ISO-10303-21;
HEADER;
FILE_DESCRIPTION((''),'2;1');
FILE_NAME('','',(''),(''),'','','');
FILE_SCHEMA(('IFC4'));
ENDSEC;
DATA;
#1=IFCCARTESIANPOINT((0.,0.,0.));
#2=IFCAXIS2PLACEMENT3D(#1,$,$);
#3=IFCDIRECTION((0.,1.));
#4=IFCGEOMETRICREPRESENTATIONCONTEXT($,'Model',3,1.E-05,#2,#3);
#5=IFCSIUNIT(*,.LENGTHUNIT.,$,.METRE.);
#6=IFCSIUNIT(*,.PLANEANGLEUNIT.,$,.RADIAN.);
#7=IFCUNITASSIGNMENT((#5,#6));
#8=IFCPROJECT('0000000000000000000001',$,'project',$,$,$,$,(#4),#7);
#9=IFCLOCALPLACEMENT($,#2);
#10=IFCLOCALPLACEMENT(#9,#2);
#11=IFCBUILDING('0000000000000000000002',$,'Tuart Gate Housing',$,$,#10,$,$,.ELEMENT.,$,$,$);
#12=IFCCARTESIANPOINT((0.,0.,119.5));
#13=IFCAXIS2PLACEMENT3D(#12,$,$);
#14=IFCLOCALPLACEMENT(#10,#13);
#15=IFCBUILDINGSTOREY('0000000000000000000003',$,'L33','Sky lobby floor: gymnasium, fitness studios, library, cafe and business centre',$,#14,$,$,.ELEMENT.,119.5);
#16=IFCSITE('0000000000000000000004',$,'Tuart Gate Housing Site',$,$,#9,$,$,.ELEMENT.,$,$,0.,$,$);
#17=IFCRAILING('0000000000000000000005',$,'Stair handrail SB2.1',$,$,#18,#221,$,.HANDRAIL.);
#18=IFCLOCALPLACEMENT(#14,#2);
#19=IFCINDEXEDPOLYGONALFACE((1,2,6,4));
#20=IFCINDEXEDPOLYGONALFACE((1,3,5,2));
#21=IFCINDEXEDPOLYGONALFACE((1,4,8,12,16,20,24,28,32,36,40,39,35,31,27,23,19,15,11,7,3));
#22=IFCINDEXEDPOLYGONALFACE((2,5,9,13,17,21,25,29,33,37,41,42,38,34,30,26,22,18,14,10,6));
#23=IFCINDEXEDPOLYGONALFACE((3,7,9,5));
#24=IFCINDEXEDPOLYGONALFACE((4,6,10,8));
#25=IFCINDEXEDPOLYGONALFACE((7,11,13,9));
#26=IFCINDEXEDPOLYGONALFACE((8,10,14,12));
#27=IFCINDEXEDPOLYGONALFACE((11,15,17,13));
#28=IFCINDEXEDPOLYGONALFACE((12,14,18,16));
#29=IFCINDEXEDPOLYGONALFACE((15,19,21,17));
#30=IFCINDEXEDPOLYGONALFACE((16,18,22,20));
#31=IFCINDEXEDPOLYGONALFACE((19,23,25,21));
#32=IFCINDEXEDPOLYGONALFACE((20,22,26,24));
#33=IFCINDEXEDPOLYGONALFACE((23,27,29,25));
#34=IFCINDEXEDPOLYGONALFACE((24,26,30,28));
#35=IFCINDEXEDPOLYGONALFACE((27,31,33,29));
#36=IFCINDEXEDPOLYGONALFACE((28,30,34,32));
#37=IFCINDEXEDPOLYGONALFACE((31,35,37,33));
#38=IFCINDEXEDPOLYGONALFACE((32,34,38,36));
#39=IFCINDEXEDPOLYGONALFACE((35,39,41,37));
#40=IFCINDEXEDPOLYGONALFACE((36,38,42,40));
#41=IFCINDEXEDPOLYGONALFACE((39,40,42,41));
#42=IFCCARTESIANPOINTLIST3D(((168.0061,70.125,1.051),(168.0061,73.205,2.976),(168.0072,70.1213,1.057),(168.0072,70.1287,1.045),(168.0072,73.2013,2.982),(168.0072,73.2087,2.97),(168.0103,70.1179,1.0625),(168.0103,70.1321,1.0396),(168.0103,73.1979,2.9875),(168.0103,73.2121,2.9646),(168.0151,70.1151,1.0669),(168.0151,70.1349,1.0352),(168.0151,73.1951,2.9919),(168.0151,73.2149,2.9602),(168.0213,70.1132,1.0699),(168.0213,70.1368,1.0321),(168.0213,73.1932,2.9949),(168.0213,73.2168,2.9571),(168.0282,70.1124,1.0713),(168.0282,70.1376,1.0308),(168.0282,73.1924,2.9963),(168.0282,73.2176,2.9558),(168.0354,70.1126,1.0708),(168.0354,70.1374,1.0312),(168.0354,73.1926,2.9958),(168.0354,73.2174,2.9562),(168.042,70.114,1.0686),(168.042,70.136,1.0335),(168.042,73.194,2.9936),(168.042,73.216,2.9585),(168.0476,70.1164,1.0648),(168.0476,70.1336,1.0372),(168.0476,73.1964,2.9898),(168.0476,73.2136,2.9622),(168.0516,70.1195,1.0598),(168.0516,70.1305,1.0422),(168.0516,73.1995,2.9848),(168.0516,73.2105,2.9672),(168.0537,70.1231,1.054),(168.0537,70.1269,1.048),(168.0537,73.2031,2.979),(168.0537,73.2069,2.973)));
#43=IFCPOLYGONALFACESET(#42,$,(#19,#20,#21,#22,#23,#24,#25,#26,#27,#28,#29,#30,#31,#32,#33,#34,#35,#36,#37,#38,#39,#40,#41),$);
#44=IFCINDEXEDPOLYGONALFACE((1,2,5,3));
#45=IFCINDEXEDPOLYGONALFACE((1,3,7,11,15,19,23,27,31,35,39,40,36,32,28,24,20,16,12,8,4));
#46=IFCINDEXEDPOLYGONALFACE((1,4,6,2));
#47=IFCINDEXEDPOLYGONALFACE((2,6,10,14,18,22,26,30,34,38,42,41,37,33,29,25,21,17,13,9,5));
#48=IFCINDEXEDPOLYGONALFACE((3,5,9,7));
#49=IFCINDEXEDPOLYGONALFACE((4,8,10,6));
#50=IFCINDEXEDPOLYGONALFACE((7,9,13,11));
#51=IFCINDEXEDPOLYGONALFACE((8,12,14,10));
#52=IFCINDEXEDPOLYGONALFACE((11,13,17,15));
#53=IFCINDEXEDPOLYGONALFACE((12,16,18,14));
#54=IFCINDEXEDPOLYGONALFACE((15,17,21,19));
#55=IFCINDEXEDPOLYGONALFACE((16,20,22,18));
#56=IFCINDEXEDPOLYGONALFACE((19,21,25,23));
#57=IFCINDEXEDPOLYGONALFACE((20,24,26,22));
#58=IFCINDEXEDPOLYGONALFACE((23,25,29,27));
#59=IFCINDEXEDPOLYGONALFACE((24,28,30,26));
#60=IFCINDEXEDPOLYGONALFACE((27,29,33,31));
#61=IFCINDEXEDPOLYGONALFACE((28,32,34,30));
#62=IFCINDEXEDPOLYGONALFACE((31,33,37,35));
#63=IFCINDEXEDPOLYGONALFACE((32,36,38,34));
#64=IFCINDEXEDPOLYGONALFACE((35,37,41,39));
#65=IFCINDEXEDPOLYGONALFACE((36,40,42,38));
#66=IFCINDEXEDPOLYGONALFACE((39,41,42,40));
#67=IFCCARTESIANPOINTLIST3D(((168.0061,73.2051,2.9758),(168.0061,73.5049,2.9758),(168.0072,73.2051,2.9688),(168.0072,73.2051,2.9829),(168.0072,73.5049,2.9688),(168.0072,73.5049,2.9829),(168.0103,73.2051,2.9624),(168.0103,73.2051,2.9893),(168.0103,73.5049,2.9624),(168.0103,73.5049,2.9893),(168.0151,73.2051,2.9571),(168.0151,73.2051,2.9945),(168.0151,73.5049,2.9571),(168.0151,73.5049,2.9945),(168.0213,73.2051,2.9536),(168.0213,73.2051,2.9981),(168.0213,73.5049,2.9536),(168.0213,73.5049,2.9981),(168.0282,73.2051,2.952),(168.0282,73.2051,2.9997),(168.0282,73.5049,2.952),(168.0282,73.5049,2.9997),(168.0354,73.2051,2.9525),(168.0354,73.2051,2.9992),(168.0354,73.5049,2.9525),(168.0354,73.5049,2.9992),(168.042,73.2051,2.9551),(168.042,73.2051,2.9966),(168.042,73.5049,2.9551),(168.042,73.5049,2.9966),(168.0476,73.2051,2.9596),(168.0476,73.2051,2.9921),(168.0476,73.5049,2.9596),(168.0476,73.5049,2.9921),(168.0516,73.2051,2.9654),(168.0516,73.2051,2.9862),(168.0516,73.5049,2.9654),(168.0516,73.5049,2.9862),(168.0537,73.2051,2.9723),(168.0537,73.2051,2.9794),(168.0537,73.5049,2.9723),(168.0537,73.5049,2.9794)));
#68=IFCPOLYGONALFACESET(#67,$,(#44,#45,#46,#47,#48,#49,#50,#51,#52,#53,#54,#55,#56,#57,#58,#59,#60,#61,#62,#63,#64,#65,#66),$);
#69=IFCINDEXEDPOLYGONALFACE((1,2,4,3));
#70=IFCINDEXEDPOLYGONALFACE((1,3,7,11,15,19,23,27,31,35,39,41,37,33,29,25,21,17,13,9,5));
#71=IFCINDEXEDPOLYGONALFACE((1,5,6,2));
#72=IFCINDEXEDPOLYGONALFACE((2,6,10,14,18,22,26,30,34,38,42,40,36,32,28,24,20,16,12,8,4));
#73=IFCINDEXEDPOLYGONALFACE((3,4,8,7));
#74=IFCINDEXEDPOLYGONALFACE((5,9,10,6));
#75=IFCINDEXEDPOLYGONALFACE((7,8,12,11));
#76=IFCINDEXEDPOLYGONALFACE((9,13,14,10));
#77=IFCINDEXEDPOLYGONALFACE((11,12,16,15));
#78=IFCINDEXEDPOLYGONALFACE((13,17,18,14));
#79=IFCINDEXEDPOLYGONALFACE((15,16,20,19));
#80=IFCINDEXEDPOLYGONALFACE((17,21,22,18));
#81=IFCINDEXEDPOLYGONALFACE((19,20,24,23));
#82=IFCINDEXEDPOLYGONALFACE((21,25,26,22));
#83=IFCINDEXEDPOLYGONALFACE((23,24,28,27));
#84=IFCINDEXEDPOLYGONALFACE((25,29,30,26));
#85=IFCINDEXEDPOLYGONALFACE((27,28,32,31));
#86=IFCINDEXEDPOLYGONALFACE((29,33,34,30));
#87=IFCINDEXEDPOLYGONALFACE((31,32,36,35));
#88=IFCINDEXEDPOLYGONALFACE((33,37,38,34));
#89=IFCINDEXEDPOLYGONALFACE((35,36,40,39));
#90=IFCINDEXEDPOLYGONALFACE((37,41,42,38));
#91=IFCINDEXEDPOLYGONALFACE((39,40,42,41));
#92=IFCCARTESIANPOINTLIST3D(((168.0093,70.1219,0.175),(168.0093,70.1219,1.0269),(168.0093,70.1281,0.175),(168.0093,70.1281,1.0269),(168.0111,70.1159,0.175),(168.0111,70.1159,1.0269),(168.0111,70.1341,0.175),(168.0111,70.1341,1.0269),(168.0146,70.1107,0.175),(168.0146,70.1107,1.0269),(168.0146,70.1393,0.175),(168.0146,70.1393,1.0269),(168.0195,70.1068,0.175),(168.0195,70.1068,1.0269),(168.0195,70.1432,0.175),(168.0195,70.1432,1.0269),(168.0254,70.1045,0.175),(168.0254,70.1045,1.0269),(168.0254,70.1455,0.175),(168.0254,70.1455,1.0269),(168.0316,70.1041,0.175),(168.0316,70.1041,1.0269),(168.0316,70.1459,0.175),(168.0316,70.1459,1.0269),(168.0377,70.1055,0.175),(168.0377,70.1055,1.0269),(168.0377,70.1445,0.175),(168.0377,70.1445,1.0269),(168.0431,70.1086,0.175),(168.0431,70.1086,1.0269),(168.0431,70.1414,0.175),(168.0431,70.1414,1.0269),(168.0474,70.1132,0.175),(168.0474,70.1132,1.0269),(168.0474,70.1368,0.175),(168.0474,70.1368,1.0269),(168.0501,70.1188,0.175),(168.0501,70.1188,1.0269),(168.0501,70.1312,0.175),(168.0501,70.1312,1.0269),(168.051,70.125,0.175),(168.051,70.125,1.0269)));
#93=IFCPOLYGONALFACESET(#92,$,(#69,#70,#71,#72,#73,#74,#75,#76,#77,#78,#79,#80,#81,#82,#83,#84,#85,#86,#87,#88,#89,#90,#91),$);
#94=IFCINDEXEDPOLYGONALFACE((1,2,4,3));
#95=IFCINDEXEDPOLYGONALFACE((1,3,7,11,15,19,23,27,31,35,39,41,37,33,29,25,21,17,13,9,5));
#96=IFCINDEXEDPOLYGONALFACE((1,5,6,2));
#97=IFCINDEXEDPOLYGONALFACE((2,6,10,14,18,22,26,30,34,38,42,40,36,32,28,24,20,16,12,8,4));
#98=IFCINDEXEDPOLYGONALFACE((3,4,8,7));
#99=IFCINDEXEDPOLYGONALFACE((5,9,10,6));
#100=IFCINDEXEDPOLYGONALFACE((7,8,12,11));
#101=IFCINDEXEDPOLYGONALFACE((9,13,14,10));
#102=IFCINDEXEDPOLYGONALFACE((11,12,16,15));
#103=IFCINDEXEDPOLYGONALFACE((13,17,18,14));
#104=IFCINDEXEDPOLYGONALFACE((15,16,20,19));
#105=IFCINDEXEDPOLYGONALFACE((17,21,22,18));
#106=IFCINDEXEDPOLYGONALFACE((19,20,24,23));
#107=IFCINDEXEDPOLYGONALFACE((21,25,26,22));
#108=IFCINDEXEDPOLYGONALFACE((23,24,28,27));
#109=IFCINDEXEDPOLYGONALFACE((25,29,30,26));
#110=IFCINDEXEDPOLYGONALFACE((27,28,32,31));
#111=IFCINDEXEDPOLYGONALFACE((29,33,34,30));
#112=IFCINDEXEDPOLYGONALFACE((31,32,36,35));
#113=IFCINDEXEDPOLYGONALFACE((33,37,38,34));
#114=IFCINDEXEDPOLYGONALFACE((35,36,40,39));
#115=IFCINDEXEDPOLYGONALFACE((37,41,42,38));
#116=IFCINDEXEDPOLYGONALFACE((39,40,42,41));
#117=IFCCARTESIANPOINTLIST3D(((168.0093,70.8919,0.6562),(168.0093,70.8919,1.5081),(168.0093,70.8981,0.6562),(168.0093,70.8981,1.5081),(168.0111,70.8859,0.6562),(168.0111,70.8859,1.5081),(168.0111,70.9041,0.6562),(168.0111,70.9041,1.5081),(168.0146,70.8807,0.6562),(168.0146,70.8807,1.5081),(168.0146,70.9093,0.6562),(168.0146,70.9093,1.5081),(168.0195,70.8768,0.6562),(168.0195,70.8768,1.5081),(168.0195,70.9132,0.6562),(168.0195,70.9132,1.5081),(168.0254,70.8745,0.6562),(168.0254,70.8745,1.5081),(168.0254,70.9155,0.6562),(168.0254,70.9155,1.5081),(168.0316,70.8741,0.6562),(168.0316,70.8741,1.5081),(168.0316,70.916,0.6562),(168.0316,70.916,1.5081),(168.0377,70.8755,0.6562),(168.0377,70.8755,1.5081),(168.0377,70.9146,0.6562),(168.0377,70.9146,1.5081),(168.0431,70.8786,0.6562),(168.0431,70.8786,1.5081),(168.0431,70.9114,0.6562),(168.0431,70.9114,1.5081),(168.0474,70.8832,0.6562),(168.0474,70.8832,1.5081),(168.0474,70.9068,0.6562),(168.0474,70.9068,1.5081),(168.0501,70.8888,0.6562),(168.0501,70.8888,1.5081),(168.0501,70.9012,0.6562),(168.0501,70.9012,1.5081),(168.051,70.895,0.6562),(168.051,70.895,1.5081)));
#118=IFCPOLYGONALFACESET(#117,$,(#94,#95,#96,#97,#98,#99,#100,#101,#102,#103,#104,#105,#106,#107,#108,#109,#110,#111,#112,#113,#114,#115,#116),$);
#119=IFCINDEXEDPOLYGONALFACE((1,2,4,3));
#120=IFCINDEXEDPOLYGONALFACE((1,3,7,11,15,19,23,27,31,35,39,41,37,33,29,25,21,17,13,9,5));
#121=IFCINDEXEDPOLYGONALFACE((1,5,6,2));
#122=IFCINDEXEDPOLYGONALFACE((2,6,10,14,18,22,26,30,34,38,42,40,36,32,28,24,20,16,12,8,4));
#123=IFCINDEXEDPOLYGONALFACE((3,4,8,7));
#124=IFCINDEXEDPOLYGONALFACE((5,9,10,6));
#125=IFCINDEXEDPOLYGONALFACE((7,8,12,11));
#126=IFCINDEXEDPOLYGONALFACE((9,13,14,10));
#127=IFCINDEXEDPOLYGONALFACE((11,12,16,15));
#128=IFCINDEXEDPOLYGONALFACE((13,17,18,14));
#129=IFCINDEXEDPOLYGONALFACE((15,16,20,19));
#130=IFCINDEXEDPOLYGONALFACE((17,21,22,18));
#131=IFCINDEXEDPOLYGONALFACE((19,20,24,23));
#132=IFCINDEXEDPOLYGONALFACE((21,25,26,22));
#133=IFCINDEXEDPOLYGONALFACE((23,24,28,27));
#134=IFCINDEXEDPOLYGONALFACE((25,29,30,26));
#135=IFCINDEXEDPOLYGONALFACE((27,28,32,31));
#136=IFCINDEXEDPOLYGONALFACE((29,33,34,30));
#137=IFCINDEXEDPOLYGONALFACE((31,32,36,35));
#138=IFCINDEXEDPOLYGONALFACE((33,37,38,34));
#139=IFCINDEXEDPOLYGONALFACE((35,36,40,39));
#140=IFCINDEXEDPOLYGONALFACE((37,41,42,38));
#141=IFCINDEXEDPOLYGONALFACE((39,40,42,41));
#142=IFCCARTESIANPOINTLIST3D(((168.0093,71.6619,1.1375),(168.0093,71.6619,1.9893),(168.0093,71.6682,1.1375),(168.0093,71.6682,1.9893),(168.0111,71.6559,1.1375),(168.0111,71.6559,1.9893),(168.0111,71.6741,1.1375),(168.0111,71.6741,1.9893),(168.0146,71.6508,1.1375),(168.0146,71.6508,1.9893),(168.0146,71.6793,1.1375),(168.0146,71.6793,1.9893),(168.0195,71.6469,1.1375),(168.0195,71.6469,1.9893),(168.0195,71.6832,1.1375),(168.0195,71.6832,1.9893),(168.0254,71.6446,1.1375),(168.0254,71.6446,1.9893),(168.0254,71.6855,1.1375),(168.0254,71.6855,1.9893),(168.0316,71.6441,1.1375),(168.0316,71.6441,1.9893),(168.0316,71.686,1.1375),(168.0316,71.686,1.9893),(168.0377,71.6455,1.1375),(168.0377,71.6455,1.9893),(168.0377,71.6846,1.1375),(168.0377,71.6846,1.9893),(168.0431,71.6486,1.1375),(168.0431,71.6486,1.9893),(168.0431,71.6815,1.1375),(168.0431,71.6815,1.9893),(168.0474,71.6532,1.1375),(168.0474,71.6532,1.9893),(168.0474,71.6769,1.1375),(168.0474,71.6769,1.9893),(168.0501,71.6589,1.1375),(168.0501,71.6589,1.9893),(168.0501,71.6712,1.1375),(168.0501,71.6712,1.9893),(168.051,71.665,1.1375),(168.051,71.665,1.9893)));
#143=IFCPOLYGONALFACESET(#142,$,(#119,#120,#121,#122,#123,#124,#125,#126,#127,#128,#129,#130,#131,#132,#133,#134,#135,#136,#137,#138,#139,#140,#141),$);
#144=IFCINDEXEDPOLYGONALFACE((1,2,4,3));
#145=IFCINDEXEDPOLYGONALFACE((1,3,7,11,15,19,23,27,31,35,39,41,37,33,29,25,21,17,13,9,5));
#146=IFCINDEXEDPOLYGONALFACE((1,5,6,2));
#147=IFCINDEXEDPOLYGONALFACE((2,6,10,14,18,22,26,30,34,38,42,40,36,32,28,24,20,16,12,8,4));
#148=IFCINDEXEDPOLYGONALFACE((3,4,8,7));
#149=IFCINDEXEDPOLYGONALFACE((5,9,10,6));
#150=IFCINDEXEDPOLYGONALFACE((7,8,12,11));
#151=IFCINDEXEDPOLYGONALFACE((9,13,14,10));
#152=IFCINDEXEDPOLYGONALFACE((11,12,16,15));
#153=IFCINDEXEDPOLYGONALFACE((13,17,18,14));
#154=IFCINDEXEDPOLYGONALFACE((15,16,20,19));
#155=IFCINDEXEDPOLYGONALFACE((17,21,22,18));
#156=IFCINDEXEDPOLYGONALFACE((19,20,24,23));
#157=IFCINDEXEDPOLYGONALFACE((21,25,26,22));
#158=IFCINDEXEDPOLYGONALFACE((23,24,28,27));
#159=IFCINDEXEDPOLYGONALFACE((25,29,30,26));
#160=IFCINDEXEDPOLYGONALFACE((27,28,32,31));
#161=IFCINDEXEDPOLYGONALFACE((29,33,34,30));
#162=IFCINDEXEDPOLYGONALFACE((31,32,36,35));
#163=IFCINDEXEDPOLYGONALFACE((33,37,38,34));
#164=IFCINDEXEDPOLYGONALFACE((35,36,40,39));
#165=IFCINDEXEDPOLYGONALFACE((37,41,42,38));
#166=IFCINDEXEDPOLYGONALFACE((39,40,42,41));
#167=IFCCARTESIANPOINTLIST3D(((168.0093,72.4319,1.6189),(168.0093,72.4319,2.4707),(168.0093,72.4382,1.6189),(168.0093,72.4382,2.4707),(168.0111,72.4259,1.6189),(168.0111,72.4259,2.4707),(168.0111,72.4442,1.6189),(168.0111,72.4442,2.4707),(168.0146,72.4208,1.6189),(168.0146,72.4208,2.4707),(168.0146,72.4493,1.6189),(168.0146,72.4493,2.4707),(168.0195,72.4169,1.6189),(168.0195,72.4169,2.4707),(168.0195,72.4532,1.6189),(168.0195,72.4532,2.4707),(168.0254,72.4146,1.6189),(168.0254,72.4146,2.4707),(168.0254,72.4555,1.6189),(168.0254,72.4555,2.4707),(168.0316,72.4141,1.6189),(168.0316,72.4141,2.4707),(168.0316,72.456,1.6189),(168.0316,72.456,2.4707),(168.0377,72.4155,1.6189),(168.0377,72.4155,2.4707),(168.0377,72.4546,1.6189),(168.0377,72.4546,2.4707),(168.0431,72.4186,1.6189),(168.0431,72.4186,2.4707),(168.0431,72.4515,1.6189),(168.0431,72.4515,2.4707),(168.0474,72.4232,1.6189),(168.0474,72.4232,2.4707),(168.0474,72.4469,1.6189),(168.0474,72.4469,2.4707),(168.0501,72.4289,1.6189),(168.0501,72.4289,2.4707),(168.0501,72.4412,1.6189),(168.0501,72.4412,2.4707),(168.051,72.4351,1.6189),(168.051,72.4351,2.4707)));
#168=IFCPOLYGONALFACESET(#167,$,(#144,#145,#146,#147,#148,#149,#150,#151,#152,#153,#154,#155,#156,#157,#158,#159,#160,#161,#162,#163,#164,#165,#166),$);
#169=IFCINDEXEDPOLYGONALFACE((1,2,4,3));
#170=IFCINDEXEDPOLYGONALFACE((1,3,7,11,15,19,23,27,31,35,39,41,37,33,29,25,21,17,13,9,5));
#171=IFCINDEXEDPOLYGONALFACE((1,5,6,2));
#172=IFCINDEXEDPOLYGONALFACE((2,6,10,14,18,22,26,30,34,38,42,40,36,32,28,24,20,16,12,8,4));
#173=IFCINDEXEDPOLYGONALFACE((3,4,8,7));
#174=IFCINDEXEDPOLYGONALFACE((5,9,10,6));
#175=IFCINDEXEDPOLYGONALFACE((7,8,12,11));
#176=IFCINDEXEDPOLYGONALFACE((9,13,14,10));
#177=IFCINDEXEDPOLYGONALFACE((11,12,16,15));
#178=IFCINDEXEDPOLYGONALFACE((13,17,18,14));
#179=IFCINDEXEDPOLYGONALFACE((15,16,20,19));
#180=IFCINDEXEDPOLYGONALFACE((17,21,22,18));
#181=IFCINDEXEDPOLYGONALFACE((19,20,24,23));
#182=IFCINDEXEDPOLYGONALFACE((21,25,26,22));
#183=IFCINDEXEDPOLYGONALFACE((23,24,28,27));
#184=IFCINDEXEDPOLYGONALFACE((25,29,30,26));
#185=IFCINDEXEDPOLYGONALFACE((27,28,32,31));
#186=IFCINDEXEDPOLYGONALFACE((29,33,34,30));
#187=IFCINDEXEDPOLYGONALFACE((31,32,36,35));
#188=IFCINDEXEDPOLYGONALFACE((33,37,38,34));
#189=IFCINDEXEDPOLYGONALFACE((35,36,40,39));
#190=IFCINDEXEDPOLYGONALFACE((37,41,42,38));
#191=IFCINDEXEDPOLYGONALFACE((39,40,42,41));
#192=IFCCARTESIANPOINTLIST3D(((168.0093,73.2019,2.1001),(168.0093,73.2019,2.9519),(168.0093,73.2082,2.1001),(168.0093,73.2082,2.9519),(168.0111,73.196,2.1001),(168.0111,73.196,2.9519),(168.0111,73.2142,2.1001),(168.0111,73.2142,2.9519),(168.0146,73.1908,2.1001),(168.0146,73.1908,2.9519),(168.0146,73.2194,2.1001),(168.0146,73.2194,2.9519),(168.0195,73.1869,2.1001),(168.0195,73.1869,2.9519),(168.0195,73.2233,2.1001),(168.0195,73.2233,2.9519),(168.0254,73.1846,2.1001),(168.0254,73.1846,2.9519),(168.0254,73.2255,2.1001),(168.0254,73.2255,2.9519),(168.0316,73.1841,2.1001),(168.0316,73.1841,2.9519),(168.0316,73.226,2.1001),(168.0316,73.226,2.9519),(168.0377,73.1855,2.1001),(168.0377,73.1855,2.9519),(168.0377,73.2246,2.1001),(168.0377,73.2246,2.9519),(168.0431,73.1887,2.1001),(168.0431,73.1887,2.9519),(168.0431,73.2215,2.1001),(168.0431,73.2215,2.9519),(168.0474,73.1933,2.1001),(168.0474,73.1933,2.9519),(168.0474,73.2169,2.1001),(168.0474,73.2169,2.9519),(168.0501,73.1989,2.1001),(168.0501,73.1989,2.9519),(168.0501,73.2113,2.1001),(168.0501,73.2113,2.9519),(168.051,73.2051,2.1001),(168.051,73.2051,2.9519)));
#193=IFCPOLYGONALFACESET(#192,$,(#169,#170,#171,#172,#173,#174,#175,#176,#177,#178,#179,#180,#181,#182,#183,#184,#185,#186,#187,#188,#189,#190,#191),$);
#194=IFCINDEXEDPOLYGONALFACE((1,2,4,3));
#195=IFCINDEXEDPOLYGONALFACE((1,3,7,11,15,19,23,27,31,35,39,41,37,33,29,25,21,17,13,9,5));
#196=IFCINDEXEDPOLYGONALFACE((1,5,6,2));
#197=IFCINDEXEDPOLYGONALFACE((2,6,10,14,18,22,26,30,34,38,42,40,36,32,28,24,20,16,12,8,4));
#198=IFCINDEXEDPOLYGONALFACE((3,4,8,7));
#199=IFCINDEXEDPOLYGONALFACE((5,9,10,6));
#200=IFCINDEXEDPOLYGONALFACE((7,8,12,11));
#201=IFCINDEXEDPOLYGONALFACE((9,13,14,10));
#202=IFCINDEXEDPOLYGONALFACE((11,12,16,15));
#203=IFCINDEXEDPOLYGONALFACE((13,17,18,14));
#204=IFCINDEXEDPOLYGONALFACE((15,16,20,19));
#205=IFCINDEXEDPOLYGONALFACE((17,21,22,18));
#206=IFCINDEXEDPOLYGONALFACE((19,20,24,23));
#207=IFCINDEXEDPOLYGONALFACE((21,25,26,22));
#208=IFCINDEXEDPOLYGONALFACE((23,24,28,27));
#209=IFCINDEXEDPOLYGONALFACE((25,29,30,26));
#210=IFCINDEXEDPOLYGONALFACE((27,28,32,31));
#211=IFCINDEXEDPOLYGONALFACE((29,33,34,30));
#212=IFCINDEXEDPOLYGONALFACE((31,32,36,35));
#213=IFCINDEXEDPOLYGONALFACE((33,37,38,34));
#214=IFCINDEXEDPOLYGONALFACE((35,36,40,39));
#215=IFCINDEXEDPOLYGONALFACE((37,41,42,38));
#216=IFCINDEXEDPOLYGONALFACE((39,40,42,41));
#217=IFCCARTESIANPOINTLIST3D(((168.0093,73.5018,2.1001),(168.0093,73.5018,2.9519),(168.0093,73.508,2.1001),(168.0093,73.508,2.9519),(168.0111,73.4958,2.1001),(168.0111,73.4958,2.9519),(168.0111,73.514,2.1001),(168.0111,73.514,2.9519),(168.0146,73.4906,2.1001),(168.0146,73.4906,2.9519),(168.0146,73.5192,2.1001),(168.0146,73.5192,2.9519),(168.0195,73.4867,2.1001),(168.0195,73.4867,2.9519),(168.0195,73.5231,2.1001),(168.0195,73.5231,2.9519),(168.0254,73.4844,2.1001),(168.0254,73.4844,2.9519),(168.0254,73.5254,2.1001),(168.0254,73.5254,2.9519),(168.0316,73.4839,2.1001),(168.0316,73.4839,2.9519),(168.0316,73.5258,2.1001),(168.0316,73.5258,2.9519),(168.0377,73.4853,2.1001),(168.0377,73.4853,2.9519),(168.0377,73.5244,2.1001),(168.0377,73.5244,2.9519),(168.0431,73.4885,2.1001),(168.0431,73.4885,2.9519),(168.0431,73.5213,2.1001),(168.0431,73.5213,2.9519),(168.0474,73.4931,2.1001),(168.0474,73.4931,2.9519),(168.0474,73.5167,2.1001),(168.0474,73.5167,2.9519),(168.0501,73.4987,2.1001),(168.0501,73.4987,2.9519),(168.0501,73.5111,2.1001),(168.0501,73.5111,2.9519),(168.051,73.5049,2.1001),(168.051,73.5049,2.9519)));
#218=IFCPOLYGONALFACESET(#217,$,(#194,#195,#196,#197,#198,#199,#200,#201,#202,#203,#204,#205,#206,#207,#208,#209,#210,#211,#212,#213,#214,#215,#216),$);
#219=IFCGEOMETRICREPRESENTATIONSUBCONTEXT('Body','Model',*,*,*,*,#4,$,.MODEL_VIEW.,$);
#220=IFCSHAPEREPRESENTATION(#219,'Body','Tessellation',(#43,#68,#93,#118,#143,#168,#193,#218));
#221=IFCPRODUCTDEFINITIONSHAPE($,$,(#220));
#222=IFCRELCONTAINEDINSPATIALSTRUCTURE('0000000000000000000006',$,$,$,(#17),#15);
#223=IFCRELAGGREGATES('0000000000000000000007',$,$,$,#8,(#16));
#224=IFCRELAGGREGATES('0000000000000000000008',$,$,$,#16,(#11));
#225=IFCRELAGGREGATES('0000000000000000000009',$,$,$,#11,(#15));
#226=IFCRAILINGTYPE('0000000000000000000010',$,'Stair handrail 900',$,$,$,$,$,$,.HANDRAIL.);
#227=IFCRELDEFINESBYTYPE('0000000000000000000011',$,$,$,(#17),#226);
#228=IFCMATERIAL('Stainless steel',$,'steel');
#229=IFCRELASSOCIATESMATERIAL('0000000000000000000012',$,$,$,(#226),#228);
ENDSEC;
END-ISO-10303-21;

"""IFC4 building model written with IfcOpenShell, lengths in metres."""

from ifc_helpers import new_model, si_unit, direction, frame, origin, origin_2d, place, context, subcontext, project, spatial, circle, extrude, material, type_object, element, save


model = new_model("IFC4")

# Units and contexts
model_context = context("Model", 3, precision=1e-05, world=origin(), true_north=direction((0.0, 1.0)))
body_context = subcontext(model_context, "Body", "Model", "MODEL_VIEW")
ifc_project = project(units=[si_unit("LENGTHUNIT", "METRE"), si_unit("PLANEANGLEUNIT", "RADIAN")], contexts=[model_context])

# Site, building, storey
site_placement = place(None, origin())
site = spatial("IfcSite", under=ifc_project, at=site_placement, Name="Tuart Gate Housing Site", CompositionType="ELEMENT", RefElevation=0.0)
building_placement = place(site_placement, origin())
building = spatial("IfcBuilding", under=site, at=building_placement, Name="Tuart Gate Housing", CompositionType="ELEMENT")
storey_placement = place(building_placement, frame((0.0, 0.0, 119.5)))
storey = spatial("IfcBuildingStorey", under=building, at=storey_placement, Name="L33", Description="Sky lobby floor: gymnasium, fitness studios, library, cafe and business centre", CompositionType="ELEMENT", Elevation=119.5)

# Railing
ifc_material_1 = material(Name="Stainless steel", Category="steel")
railing_type = type_object("IfcRailingType", Name="Stair handrail 900", PredefinedType="HANDRAIL", material=ifc_material_1)
railing_placement = place(storey_placement, frame((168.03, 70.125, 0.175)))
element("IfcRailing", 1, at=railing_placement, inside=storey, type_object=railing_type, Name="Stair handrail SB2.1", PredefinedType="HANDRAIL", context=body_context, shape_type="SweptSolid", body=[
    extrude(circle(Radius=0.0239, at=origin_2d()), frame((0.0, 0.0, 0.876), z_axis=(0.0, 0.847998, 0.529999), x_axis=(-1.0, 0.0, 0.0)), (0.0, 0.0, 1.0), 3.6321),
    extrude(circle(Radius=0.0239, at=origin_2d()), frame((0.0, 3.0801, 2.8008), z_axis=(0.0, 1.0, 0.0), x_axis=(-1.0, 0.0, 0.0)), (0.0, 0.0, 1.0), 0.2998),
    extrude(circle(Radius=0.021, at=origin_2d()), origin(), (0.0, 0.0, 1.0), 0.8518),
    extrude(circle(Radius=0.021, at=origin_2d()), frame((0.0, 0.77, 0.4812)), (0.0, 0.0, 1.0), 0.8518),
    extrude(circle(Radius=0.021, at=origin_2d()), frame((0.0, 1.54, 0.9624)), (0.0, 0.0, 1.0), 0.8518),
    extrude(circle(Radius=0.021, at=origin_2d()), frame((0.0, 2.3101, 1.4438)), (0.0, 0.0, 1.0), 0.8518),
    extrude(circle(Radius=0.021, at=origin_2d()), frame((0.0, 3.0801, 1.925)), (0.0, 0.0, 1.0), 0.8518),
    extrude(circle(Radius=0.021, at=origin_2d()), frame((0.0, 3.3799, 1.925)), (0.0, 0.0, 1.0), 0.8518),
])

save(model, "model.ifc")
